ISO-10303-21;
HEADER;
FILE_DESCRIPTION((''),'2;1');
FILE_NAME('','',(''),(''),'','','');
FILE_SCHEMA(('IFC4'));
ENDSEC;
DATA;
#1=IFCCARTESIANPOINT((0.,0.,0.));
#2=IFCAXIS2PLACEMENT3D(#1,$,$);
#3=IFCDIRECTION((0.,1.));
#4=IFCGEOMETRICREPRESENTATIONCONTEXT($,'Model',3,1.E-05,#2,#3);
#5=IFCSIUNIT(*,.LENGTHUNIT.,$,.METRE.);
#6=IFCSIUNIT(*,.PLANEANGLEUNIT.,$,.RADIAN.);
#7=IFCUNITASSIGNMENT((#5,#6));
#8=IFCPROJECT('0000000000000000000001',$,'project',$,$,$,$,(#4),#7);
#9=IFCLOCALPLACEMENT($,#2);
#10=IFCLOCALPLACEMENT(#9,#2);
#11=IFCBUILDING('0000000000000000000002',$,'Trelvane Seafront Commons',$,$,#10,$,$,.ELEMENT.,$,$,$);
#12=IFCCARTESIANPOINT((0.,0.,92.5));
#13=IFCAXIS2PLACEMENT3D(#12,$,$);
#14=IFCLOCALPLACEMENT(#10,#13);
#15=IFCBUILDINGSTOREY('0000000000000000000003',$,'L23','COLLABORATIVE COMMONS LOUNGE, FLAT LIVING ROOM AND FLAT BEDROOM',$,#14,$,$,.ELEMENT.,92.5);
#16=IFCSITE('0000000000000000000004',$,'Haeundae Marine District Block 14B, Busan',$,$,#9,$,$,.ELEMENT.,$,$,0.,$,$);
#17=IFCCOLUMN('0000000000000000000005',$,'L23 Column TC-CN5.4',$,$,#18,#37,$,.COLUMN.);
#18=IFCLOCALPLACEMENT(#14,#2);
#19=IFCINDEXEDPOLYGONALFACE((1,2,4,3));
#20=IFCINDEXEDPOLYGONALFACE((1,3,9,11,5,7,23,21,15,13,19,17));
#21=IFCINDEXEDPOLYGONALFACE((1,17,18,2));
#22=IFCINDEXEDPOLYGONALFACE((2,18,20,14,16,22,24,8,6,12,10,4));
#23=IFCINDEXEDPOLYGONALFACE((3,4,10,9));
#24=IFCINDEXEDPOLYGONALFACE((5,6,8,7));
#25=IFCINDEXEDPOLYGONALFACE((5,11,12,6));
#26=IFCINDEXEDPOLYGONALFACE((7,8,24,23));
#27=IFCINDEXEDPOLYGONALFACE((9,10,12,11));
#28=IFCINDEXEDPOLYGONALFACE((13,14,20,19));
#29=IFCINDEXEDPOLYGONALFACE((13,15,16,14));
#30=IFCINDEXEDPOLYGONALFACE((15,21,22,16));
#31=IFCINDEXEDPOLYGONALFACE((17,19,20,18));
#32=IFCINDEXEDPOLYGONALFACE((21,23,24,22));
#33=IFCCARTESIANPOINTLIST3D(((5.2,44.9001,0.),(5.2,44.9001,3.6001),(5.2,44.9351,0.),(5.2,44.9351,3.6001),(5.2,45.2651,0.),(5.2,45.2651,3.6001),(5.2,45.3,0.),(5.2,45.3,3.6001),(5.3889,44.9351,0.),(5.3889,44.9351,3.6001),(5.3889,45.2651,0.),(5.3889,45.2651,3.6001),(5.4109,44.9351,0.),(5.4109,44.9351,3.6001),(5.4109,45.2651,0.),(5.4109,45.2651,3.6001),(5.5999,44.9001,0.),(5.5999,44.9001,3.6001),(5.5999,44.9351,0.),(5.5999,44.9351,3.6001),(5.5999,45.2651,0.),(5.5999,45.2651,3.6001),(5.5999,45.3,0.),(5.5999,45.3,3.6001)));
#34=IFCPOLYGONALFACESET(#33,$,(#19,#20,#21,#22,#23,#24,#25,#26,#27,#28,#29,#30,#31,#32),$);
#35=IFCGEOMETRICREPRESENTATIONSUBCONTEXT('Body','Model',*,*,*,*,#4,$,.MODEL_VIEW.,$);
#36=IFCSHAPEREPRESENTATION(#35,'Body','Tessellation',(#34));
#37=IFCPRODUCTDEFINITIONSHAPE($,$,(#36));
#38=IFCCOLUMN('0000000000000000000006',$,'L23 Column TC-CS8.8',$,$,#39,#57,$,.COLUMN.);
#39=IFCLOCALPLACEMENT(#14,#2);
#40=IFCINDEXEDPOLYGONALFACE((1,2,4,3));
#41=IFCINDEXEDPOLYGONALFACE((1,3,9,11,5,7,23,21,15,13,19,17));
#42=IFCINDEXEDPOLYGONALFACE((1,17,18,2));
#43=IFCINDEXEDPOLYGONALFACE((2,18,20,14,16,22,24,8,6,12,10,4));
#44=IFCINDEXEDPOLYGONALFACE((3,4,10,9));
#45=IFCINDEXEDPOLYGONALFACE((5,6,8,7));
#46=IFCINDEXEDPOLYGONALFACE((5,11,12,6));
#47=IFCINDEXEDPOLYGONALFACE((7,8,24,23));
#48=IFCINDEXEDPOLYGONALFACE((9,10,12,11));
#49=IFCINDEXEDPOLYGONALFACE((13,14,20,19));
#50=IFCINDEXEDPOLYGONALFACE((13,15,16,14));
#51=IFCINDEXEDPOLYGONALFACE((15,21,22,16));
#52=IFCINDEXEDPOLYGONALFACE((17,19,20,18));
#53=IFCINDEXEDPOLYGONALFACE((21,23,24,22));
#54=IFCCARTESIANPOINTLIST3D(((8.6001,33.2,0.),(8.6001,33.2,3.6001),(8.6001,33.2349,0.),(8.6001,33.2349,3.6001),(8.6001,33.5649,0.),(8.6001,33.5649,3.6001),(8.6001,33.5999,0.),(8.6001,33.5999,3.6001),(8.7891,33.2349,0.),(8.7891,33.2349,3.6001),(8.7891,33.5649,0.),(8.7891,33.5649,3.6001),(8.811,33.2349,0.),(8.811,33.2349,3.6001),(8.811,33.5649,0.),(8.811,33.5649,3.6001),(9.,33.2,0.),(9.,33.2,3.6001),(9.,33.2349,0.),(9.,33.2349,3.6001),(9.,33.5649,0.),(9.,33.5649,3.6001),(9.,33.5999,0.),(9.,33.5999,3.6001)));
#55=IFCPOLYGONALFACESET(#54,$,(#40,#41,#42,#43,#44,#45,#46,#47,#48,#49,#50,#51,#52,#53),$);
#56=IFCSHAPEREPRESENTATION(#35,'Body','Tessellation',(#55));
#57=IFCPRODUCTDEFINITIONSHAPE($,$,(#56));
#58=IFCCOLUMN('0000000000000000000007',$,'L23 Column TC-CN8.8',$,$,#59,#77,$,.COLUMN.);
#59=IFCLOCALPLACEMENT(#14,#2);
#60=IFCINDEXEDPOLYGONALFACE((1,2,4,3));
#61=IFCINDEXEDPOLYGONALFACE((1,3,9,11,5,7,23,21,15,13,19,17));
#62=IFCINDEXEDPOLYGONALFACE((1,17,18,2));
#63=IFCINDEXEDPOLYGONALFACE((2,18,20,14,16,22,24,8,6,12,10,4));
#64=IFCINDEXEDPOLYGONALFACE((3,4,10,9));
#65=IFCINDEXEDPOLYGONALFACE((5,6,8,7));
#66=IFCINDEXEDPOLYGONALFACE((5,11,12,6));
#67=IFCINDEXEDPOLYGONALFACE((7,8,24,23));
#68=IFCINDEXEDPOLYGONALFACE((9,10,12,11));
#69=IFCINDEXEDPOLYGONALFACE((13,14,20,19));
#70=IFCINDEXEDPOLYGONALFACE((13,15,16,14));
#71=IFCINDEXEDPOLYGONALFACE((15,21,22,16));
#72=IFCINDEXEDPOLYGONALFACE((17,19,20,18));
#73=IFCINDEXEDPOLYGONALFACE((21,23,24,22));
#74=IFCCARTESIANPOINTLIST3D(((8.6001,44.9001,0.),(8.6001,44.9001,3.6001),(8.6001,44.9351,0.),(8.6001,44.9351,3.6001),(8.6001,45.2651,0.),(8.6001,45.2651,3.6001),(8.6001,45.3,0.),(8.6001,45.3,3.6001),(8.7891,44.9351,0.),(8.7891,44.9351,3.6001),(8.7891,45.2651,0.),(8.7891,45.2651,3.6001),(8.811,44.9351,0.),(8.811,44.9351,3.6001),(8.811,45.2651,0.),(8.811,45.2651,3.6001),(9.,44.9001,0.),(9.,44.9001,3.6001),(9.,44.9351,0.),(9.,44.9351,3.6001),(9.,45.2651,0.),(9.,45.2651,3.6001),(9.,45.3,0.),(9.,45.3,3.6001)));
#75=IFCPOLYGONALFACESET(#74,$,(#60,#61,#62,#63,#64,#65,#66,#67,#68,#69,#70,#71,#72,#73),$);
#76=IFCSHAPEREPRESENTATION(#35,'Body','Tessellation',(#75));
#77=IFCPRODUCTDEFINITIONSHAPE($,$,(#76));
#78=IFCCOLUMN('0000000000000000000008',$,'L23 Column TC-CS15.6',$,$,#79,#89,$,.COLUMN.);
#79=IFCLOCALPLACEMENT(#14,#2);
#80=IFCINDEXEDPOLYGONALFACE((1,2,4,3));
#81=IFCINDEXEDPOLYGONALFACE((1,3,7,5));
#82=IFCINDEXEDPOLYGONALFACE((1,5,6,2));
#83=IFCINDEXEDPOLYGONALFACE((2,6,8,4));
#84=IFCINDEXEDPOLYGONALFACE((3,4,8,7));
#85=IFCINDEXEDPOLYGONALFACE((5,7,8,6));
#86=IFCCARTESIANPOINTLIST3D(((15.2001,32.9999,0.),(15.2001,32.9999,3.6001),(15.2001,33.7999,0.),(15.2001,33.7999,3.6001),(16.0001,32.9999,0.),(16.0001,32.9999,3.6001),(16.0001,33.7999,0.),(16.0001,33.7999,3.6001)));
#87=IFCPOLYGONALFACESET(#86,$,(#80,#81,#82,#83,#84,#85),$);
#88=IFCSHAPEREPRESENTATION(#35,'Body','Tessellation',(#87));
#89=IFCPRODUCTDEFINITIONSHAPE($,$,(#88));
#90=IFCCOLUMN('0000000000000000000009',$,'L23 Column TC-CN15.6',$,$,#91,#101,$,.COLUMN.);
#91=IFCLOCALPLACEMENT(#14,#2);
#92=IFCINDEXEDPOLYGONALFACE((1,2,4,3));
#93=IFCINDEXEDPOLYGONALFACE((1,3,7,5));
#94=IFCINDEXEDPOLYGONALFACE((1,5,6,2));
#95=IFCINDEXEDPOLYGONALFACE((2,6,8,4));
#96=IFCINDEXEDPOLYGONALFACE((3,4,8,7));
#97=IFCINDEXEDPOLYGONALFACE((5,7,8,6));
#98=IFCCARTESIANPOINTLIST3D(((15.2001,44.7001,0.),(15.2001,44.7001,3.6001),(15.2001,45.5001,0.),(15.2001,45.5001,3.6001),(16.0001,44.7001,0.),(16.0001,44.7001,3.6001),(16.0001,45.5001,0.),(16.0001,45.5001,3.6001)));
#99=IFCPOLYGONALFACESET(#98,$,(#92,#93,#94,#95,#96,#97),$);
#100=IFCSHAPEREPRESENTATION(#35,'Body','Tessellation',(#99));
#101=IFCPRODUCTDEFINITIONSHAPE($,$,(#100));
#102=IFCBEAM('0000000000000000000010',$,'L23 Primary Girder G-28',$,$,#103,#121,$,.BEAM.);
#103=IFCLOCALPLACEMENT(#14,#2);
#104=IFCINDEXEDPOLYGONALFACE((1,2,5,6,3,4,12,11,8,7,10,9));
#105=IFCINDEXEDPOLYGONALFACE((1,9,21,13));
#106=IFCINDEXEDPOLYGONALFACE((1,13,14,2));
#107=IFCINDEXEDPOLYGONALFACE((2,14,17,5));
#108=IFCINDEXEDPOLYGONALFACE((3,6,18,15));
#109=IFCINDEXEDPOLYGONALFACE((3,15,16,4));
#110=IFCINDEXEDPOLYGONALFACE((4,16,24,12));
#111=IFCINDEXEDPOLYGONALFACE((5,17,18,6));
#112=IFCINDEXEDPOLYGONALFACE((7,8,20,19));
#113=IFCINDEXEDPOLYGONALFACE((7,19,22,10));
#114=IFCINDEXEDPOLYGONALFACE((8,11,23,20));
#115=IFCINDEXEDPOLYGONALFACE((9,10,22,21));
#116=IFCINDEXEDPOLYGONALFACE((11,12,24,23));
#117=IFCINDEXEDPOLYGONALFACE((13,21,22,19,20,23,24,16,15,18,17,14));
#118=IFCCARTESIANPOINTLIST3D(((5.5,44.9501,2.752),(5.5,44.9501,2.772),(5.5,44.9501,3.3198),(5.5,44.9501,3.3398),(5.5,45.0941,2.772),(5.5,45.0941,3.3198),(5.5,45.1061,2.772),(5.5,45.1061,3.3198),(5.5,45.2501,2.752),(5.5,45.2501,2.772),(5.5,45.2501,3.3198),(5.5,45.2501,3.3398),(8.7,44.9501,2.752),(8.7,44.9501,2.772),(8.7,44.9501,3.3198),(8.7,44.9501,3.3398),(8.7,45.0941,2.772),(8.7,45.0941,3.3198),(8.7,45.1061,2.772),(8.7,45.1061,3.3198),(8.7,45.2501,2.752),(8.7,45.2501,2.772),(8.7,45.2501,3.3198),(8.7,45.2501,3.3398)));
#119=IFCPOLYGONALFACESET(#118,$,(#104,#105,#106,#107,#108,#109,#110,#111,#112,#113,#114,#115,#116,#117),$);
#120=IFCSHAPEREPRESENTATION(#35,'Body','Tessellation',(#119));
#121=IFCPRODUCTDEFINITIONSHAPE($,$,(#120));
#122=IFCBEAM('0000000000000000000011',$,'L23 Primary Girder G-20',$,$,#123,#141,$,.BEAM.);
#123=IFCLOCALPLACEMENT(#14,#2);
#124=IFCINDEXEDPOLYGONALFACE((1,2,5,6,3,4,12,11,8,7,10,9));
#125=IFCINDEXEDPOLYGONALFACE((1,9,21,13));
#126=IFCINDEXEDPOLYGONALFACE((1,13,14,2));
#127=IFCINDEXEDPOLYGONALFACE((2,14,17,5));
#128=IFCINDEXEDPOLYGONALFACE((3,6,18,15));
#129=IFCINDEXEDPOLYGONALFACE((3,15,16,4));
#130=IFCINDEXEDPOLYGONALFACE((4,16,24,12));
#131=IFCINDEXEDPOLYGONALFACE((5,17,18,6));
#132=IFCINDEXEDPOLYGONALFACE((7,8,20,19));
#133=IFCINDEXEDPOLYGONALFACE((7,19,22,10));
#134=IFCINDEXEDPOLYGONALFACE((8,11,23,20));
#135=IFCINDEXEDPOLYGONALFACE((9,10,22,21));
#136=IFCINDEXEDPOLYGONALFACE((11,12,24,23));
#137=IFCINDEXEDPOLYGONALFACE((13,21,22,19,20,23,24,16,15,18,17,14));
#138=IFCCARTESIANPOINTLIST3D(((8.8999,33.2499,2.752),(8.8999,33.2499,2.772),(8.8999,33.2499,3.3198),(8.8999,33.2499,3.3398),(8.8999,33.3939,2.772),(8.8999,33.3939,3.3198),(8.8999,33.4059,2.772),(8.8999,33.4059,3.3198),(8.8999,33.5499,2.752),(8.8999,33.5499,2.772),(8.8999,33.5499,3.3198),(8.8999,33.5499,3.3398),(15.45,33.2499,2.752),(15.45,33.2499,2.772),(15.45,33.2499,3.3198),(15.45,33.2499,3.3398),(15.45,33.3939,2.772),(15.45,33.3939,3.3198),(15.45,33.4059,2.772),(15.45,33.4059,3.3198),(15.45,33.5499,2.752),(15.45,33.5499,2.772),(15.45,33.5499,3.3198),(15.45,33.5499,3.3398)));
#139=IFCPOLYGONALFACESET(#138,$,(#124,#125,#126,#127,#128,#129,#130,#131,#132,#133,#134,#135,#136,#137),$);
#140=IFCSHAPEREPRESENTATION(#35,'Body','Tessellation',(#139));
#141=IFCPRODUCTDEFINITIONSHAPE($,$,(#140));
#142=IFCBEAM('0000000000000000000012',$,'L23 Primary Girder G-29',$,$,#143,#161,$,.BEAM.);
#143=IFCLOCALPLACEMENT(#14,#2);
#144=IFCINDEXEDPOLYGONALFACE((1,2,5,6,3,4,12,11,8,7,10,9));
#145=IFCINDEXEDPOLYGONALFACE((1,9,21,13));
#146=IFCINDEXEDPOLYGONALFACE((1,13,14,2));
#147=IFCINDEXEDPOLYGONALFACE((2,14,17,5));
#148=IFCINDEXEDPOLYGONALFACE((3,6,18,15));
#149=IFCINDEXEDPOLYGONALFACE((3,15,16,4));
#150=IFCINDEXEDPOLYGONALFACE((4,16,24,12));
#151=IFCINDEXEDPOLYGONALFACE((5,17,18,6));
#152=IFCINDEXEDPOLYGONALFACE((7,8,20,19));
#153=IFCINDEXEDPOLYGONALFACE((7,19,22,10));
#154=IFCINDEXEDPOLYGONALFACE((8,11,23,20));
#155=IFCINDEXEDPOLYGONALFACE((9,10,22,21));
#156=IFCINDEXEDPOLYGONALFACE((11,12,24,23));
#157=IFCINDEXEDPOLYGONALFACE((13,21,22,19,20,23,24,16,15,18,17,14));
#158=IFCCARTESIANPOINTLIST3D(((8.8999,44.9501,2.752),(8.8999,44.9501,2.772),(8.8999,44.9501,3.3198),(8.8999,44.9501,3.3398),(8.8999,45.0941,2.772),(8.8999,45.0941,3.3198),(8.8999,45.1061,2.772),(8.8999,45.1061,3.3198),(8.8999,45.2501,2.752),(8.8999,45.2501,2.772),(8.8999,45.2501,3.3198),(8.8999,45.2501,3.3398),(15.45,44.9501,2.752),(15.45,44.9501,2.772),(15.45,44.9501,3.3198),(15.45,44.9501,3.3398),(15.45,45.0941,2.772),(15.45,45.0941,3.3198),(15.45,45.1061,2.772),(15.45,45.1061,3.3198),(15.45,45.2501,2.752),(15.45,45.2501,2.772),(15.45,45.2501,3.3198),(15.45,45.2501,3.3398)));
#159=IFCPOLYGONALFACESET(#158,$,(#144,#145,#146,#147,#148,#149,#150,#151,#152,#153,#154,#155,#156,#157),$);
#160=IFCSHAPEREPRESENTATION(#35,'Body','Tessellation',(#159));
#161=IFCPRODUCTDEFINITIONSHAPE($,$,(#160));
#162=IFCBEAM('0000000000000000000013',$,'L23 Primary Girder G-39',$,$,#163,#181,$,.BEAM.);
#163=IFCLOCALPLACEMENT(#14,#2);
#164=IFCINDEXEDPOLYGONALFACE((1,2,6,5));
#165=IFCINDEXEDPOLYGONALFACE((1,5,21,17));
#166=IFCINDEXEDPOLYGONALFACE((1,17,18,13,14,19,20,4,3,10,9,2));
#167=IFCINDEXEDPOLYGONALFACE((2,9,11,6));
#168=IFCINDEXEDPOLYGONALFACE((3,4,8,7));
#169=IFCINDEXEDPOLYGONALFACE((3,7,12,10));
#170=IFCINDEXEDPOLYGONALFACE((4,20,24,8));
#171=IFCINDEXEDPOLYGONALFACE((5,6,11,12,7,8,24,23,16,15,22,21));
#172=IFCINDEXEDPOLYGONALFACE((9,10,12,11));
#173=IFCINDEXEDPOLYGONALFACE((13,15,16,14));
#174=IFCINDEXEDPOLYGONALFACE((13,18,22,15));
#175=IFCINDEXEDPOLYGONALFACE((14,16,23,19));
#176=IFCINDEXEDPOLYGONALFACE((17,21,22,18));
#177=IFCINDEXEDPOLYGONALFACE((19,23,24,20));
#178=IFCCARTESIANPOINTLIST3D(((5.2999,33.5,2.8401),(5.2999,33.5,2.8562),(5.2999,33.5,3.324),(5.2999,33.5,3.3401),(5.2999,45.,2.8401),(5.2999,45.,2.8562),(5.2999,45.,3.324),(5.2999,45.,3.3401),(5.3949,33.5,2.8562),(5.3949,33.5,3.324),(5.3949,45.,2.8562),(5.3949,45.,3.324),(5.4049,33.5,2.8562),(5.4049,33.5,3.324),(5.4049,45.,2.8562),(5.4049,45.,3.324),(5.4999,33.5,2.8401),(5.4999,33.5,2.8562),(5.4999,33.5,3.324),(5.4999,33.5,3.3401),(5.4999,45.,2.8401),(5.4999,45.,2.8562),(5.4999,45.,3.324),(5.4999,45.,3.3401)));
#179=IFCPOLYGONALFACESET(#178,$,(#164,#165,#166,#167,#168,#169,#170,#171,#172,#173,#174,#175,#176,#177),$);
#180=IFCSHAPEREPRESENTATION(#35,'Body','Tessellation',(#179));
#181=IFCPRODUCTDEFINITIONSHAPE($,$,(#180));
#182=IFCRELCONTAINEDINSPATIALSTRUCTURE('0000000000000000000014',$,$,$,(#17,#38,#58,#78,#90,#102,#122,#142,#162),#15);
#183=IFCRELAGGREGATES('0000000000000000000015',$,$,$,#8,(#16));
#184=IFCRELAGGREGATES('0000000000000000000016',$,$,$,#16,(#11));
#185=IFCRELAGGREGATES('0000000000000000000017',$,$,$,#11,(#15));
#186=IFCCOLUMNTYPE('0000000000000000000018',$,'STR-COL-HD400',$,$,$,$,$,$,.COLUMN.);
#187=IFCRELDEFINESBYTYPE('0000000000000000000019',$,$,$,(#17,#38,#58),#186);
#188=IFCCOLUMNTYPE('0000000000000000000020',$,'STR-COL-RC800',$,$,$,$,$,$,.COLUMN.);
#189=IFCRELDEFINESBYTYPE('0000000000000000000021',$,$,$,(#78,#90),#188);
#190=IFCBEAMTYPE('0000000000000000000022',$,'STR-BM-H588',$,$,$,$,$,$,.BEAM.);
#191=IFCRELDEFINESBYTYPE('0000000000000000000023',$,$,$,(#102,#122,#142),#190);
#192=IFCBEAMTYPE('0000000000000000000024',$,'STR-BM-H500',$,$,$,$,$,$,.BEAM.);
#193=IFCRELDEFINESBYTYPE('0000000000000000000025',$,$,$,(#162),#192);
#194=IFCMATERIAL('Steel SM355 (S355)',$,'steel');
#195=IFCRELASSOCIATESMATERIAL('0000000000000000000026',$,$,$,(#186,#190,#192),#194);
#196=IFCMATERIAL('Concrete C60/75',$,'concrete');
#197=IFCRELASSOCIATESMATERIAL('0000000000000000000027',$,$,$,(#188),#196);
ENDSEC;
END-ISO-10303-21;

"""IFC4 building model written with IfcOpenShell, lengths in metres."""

from ifc_helpers import new_model, si_unit, direction, frame, origin, origin_2d, place, context, subcontext, project, spatial, rectangle, i_section, extrude, source, transform, mapped, material, material_profile, profile_set, type_object, element, save


model = new_model("IFC4")

# Units and contexts
model_context = context("Model", 3, precision=1e-05, world=origin(), true_north=direction((0.0, 1.0)))
body_context = subcontext(model_context, "Body", "Model", "MODEL_VIEW")
ifc_project = project(units=[si_unit("LENGTHUNIT", "METRE"), si_unit("PLANEANGLEUNIT", "RADIAN")], contexts=[model_context])

# Site, building, storey
site_placement = place(None, origin())
site = spatial("IfcSite", under=ifc_project, at=site_placement, Name="Haeundae Marine District Block 14B, Busan", CompositionType="ELEMENT", RefElevation=0.0)
building_placement = place(site_placement, origin())
building = spatial("IfcBuilding", under=site, at=building_placement, Name="Trelvane Seafront Commons", CompositionType="ELEMENT")
storey_placement = place(building_placement, frame((0.0, 0.0, 92.5)))
storey = spatial("IfcBuildingStorey", under=building, at=storey_placement, Name="L23", Description="COLLABORATIVE COMMONS LOUNGE, FLAT LIVING ROOM AND FLAT BEDROOM", CompositionType="ELEMENT", Elevation=92.5)

# Columns
ifc_material_1 = material(Name="Steel SM355 (S355)", Category="steel")
ifc_material_profile_1 = material_profile(ifc_material_1, i_section(OverallWidth=0.3999, OverallDepth=0.3999, WebThickness=0.022, FlangeThickness=0.0349, at=origin_2d()), Name="HD-400x400x22x35")
ifc_profile_set_1 = profile_set([ifc_material_profile_1], Name="Steel SM355 (S355)")
column_type_1 = type_object("IfcColumnType", Name="STR-COL-HD400", PredefinedType="COLUMN", material=ifc_profile_set_1)
shared_shape_1 = source(origin(), body_context, "Body", "SweptSolid", [
    extrude(i_section(OverallWidth=0.3999, OverallDepth=0.3999, WebThickness=0.022, FlangeThickness=0.0349, at=origin_2d()), origin(), (0.0, 0.0, 1.0), 3.6001),
])
for number, where, z_axis, x_axis, name in (
    (1, (5.3999, 45.1001, 0.0), (0.0, 0.0, 1.0), (1.0, 0.0, 0.0), "L23 Column TC-CN5.4"),
    (2, (8.8, 33.3999, 0.0), (0.0, 0.0, 1.0), (1.0, 0.0, 0.0), "L23 Column TC-CS8.8"),
    (3, (8.8, 45.1001, 0.0), (0.0, 0.0, 1.0), (1.0, 0.0, 0.0), "L23 Column TC-CN8.8"),
):
    element("IfcColumn", number, at=place(storey_placement, frame(where, z_axis=z_axis, x_axis=x_axis)), inside=storey, type_object=column_type_1, Name=name, PredefinedType="COLUMN", context=body_context, shape_type="MappedRepresentation", body=[
        mapped(shared_shape_1, transform((0.0, 0.0, 0.0), x_axis=(1.0, 0.0, 0.0), y_axis=(0.0, 1.0, 0.0), z_axis=(0.0, 0.0, 1.0), scale=1.0)),
    ])
ifc_material_2 = material(Name="Concrete C60/75", Category="concrete")
ifc_material_profile_2 = material_profile(ifc_material_2, rectangle(XDim=0.8, YDim=0.8, at=origin_2d()), Name="RC-800x800")
ifc_profile_set_2 = profile_set([ifc_material_profile_2], Name="Concrete C60/75")
column_type_2 = type_object("IfcColumnType", Name="STR-COL-RC800", PredefinedType="COLUMN", material=ifc_profile_set_2)
shared_shape_2 = source(origin(), body_context, "Body", "SweptSolid", [
    extrude(rectangle(XDim=0.8, YDim=0.8, at=origin_2d()), origin(), (0.0, 0.0, 1.0), 3.6001),
])
for number, where, z_axis, x_axis, name in (
    (4, (15.6001, 33.3999, 0.0), (0.0, 0.0, 1.0), (1.0, 0.0, 0.0), "L23 Column TC-CS15.6"),
    (5, (15.6001, 45.1001, 0.0), (0.0, 0.0, 1.0), (1.0, 0.0, 0.0), "L23 Column TC-CN15.6"),
):
    element("IfcColumn", number, at=place(storey_placement, frame(where, z_axis=z_axis, x_axis=x_axis)), inside=storey, type_object=column_type_2, Name=name, PredefinedType="COLUMN", context=body_context, shape_type="MappedRepresentation", body=[
        mapped(shared_shape_2, transform((0.0, 0.0, 0.0), x_axis=(1.0, 0.0, 0.0), y_axis=(0.0, 1.0, 0.0), z_axis=(0.0, 0.0, 1.0), scale=1.0)),
    ])

# Beams
ifc_material_profile_3 = material_profile(ifc_material_1, i_section(OverallWidth=0.3, OverallDepth=0.5879, WebThickness=0.012, FlangeThickness=0.02, at=origin_2d()), Name="H-588x300x12x20")
ifc_profile_set_3 = profile_set([ifc_material_profile_3], Name="Steel SM355 (S355)")
beam_type_1 = type_object("IfcBeamType", Name="STR-BM-H588", PredefinedType="BEAM", material=ifc_profile_set_3)
shared_shape_3 = source(origin(), body_context, "Body", "SweptSolid", [
    extrude(i_section(OverallWidth=0.3, OverallDepth=0.5879, WebThickness=0.012, FlangeThickness=0.02, at=origin_2d()), origin(), (0.0, 0.0, 1.0), 3.2),
])
beam_1_placement = place(storey_placement, frame((5.5, 45.1001, 3.0459), z_axis=(1.0, 0.0, 0.0), x_axis=(0.0, 1.0, 0.0)))
element("IfcBeam", 6, at=beam_1_placement, inside=storey, type_object=beam_type_1, Name="L23 Primary Girder G-28", PredefinedType="BEAM", context=body_context, shape_type="MappedRepresentation", body=[
    mapped(shared_shape_3, transform((0.0, 0.0, 0.0), x_axis=(1.0, 0.0, 0.0), y_axis=(0.0, 1.0, 0.0), z_axis=(0.0, 0.0, 1.0), scale=1.0)),
])
shared_shape_4 = source(origin(), body_context, "Body", "SweptSolid", [
    extrude(i_section(OverallWidth=0.3, OverallDepth=0.5879, WebThickness=0.012, FlangeThickness=0.02, at=origin_2d()), origin(), (0.0, 0.0, 1.0), 6.55),
])
for number, where, z_axis, x_axis, name in (
    (7, (8.8999, 33.3999, 3.0459), (1.0, 0.0, 0.0), (0.0, 1.0, 0.0), "L23 Primary Girder G-20"),
    (8, (8.8999, 45.1001, 3.0459), (1.0, 0.0, 0.0), (0.0, 1.0, 0.0), "L23 Primary Girder G-29"),
):
    element("IfcBeam", number, at=place(storey_placement, frame(where, z_axis=z_axis, x_axis=x_axis)), inside=storey, type_object=beam_type_1, Name=name, PredefinedType="BEAM", context=body_context, shape_type="MappedRepresentation", body=[
        mapped(shared_shape_4, transform((0.0, 0.0, 0.0), x_axis=(1.0, 0.0, 0.0), y_axis=(0.0, 1.0, 0.0), z_axis=(0.0, 0.0, 1.0), scale=1.0)),
    ])
ifc_material_profile_4 = material_profile(ifc_material_1, i_section(OverallWidth=0.2, OverallDepth=0.5, WebThickness=0.01, FlangeThickness=0.0161, at=origin_2d()), Name="H-500x200x10x16")
ifc_profile_set_4 = profile_set([ifc_material_profile_4], Name="Steel SM355 (S355)")
beam_type_2 = type_object("IfcBeamType", Name="STR-BM-H500", PredefinedType="BEAM", material=ifc_profile_set_4)
shared_shape_5 = source(origin(), body_context, "Body", "SweptSolid", [
    extrude(i_section(OverallWidth=0.2, OverallDepth=0.5, WebThickness=0.01, FlangeThickness=0.0161, at=origin_2d()), origin(), (0.0, 0.0, 1.0), 11.5),
])
for number, where, z_axis, x_axis, name in (
    (9, (5.3999, 33.5, 3.0901), (0.0, 1.0, 0.0), (-1.0, 0.0, 0.0), "L23 Primary Girder G-39"),
):
    element("IfcBeam", number, at=place(storey_placement, frame(where, z_axis=z_axis, x_axis=x_axis)), inside=storey, type_object=beam_type_2, Name=name, PredefinedType="BEAM", context=body_context, shape_type="MappedRepresentation", body=[
        mapped(shared_shape_5, transform((0.0, 0.0, 0.0), x_axis=(1.0, 0.0, 0.0), y_axis=(0.0, 1.0, 0.0), z_axis=(0.0, 0.0, 1.0), scale=1.0)),
    ])

save(model, "model.ifc")
